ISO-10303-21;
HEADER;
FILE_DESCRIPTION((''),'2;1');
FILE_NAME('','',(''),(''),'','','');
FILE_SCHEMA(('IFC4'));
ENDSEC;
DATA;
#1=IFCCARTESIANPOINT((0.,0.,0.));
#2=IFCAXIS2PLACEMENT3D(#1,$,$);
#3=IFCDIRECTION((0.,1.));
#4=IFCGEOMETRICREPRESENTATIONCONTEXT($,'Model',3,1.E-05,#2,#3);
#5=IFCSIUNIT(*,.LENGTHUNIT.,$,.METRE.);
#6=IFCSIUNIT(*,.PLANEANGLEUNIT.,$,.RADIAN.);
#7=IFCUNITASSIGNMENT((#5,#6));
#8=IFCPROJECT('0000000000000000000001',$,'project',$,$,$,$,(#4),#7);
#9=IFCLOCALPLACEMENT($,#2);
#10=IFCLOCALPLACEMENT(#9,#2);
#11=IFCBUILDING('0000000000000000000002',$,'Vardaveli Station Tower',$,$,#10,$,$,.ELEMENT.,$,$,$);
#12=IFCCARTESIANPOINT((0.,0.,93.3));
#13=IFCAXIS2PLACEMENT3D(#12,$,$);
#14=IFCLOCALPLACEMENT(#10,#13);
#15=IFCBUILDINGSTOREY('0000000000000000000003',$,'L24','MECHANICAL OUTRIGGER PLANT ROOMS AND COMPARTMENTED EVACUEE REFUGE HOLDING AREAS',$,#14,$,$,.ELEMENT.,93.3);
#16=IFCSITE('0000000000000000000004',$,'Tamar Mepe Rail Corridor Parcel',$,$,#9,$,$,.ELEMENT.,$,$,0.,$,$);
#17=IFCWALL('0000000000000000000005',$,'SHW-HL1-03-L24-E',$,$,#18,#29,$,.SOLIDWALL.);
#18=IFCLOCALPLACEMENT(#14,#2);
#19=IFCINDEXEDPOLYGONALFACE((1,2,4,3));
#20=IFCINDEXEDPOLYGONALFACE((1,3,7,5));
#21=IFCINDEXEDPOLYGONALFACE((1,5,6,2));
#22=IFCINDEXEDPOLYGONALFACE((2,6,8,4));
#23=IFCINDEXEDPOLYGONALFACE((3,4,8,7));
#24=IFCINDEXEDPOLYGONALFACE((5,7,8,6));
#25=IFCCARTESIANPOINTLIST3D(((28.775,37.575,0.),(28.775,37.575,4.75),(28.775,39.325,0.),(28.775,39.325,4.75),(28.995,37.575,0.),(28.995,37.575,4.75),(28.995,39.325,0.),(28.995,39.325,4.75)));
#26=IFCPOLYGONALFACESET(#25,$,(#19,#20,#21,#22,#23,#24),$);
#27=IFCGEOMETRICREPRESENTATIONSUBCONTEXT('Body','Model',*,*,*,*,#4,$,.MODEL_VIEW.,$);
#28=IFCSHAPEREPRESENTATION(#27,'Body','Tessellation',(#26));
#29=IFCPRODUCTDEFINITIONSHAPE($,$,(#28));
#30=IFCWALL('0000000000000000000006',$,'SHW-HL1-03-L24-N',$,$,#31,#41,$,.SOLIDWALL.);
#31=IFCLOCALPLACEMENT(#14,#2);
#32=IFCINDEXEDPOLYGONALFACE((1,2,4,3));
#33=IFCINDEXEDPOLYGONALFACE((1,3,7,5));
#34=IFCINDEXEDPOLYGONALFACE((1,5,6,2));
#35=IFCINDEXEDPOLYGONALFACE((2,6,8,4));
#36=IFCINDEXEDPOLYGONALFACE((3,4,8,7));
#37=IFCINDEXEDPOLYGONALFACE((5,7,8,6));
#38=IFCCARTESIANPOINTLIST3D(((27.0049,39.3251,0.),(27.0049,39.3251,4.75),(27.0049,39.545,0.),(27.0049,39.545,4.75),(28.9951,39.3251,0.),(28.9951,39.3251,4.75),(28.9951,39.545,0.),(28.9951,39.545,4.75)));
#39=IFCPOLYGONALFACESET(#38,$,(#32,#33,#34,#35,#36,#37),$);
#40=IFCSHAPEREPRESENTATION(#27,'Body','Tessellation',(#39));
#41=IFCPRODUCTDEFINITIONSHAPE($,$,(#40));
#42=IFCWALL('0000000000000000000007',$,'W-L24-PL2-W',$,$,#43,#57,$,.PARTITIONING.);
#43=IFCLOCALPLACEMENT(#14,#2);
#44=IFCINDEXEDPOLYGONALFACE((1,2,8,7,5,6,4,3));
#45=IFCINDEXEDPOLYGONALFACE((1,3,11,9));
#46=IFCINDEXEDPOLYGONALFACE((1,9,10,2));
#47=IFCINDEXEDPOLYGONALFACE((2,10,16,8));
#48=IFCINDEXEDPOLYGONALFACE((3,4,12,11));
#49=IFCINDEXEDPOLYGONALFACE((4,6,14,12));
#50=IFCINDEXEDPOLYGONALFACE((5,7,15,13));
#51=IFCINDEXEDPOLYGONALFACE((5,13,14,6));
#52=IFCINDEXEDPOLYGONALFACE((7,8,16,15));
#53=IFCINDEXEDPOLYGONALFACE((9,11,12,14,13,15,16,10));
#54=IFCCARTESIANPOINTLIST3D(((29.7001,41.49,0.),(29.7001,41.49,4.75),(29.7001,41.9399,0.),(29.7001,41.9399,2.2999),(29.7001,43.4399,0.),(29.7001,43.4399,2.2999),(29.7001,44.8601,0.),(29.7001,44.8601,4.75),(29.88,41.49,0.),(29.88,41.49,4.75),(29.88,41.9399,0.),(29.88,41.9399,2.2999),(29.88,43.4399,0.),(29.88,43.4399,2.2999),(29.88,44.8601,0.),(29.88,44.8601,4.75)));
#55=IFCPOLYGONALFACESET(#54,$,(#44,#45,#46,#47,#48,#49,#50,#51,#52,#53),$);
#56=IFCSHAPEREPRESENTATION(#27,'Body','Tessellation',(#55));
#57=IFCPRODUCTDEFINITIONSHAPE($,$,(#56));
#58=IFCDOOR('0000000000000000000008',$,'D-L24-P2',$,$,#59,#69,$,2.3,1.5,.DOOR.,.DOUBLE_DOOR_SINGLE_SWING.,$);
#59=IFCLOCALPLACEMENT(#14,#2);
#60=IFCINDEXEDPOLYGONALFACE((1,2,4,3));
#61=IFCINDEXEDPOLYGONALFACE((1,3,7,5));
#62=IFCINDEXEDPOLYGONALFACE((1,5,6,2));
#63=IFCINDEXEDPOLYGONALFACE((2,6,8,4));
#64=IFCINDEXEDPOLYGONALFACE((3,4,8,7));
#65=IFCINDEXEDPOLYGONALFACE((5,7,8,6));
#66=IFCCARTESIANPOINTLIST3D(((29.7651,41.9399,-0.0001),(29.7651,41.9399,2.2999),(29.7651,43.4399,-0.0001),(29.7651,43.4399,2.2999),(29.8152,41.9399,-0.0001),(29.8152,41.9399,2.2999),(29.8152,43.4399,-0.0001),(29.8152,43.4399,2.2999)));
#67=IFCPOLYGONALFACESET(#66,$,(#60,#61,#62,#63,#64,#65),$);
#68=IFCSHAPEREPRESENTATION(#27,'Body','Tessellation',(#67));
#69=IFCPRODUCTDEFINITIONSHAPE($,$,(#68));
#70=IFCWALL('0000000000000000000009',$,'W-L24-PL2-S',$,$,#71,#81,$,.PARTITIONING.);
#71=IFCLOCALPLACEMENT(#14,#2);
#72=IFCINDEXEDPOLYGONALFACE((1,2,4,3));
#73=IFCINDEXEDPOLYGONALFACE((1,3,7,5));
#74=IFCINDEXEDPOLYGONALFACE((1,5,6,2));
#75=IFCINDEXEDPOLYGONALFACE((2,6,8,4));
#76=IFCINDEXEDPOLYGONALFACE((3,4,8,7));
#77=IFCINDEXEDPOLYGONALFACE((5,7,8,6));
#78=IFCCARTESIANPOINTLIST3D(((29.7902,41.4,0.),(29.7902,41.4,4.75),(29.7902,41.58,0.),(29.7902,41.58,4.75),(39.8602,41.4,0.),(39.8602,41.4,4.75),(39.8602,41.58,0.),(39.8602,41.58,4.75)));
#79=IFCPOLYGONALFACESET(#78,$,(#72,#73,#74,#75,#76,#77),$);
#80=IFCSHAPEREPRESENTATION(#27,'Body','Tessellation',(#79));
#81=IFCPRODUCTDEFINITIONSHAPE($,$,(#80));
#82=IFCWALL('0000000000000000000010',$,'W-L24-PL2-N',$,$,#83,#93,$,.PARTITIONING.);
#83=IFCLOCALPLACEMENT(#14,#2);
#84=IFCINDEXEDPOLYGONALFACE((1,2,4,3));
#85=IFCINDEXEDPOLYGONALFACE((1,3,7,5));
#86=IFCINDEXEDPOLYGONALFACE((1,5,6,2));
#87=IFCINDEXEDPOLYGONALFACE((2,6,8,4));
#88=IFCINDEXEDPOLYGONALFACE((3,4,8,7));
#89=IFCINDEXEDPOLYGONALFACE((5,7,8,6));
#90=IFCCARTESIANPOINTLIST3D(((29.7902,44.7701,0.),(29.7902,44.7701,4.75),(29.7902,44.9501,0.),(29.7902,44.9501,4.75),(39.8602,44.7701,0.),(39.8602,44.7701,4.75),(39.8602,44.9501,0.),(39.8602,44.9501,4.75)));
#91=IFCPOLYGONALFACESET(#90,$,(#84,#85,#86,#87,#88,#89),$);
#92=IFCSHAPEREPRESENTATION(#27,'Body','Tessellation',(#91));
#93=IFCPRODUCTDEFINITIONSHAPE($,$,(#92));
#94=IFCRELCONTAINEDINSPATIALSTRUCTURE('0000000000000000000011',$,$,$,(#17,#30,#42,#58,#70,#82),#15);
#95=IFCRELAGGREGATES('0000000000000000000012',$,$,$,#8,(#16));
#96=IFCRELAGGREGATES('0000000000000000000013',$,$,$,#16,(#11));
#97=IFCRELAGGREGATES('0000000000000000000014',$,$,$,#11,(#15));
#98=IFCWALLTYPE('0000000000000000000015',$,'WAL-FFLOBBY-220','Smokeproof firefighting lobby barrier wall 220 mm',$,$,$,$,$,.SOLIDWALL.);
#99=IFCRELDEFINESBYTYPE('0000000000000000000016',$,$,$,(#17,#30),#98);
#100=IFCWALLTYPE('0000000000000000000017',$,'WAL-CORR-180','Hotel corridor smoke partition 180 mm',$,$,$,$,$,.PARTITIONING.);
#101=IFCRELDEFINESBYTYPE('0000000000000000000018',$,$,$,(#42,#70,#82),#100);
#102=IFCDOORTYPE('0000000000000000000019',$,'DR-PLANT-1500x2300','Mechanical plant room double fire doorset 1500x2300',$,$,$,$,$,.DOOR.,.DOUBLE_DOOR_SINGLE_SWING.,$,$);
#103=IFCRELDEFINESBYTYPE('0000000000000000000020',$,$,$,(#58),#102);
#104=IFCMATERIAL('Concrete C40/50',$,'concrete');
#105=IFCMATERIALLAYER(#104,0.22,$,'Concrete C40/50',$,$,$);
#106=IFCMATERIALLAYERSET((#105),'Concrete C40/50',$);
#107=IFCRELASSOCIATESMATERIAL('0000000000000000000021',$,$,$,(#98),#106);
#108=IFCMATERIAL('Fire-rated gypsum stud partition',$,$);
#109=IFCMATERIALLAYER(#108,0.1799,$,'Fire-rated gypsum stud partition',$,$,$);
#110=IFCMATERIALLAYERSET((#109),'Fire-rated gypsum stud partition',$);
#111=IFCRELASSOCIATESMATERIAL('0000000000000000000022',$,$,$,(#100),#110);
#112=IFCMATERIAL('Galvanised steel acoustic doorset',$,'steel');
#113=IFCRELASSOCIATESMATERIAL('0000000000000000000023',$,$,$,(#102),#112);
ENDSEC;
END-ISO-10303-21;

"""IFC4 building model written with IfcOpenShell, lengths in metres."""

from ifc_helpers import new_model, si_unit, direction, frame, frame_2d, origin, place, context, subcontext, project, spatial, rectangle, extrude, source, transform, mapped, material, layer, layer_set, type_object, element, fill, save


model = new_model("IFC4")

# Units and contexts
model_context = context("Model", 3, precision=1e-05, world=origin(), true_north=direction((0.0, 1.0)))
body_context = subcontext(model_context, "Body", "Model", "MODEL_VIEW")
ifc_project = project(units=[si_unit("LENGTHUNIT", "METRE"), si_unit("PLANEANGLEUNIT", "RADIAN")], contexts=[model_context])

# Site, building, storey
site_placement = place(None, origin())
site = spatial("IfcSite", under=ifc_project, at=site_placement, Name="Tamar Mepe Rail Corridor Parcel", CompositionType="ELEMENT", RefElevation=0.0)
building_placement = place(site_placement, origin())
building = spatial("IfcBuilding", under=site, at=building_placement, Name="Vardaveli Station Tower", CompositionType="ELEMENT")
storey_placement = place(building_placement, frame((0.0, 0.0, 93.3)))
storey = spatial("IfcBuildingStorey", under=building, at=storey_placement, Name="L24", Description="MECHANICAL OUTRIGGER PLANT ROOMS AND COMPARTMENTED EVACUEE REFUGE HOLDING AREAS", CompositionType="ELEMENT", Elevation=93.3)

# Walls
ifc_material_1 = material(Name="Concrete C40/50", Category="concrete")
ifc_layer_1 = layer(ifc_material_1, 0.22, Name="Concrete C40/50")
ifc_layer_set_1 = layer_set([ifc_layer_1], Name="Concrete C40/50")
wall_type_1 = type_object("IfcWallType", Name="WAL-FFLOBBY-220", Description="Smokeproof firefighting lobby barrier wall 220 mm", PredefinedType="SOLIDWALL", material=ifc_layer_set_1)
shared_shape_1 = source(origin(), body_context, "Body", "SweptSolid", [
    extrude(rectangle(XDim=1.75, YDim=0.22, at=frame_2d((0.875, 0.0))), origin(), (0.0, 0.0, 1.0), 4.75),
])
for number, where, z_axis, x_axis, name in (
    (1, (28.885, 37.575, 0.0), (0.0, 0.0, 1.0), (0.0, 1.0, 0.0), "SHW-HL1-03-L24-E"),
):
    element("IfcWall", number, at=place(storey_placement, frame(where, z_axis=z_axis, x_axis=x_axis)), inside=storey, type_object=wall_type_1, Name=name, PredefinedType="SOLIDWALL", context=body_context, shape_type="MappedRepresentation", body=[
        mapped(shared_shape_1, transform((0.0, 0.0, 0.0), scale=1.0)),
    ])
shared_shape_2 = source(origin(), body_context, "Body", "SweptSolid", [
    extrude(rectangle(XDim=1.9902, YDim=0.22, at=frame_2d((0.9951, 0.0))), origin(), (0.0, 0.0, 1.0), 4.75),
])
wall_1_placement = place(storey_placement, frame((27.0049, 39.4351, 0.0), z_axis=(0.0, 0.0, 1.0), x_axis=(1.0, 0.0, 0.0)))
element("IfcWall", 2, at=wall_1_placement, inside=storey, type_object=wall_type_1, Name="SHW-HL1-03-L24-N", PredefinedType="SOLIDWALL", context=body_context, shape_type="MappedRepresentation", body=[
    mapped(shared_shape_2, transform((0.0, 0.0, 0.0), scale=1.0)),
])

# Wall, opening, door
ifc_material_2 = material(Name="Fire-rated gypsum stud partition")
ifc_layer_2 = layer(ifc_material_2, 0.1799, Name="Fire-rated gypsum stud partition")
ifc_layer_set_2 = layer_set([ifc_layer_2], Name="Fire-rated gypsum stud partition")
wall_type_2 = type_object("IfcWallType", Name="WAL-CORR-180", Description="Hotel corridor smoke partition 180 mm", PredefinedType="PARTITIONING", material=ifc_layer_set_2)
shared_shape_3 = source(origin(), body_context, "Body", "SweptSolid", [
    extrude(rectangle(XDim=3.3701, YDim=0.1799, at=frame_2d((1.6851, 0.0))), origin(), (0.0, 0.0, 1.0), 4.75),
])
wall_2_placement = place(storey_placement, frame((29.79, 41.49, 0.0), z_axis=(0.0, 0.0, 1.0), x_axis=(0.0, 1.0, 0.0)))
wall_2 = element("IfcWall", 3, at=wall_2_placement, inside=storey, type_object=wall_type_2, Name="W-L24-PL2-W", PredefinedType="PARTITIONING", context=body_context, shape_type="MappedRepresentation", body=[
    mapped(shared_shape_3, transform((0.0, 0.0, 0.0), scale=1.0)),
])
shared_shape_4 = source(origin(), body_context, "Body", "SweptSolid", [
    extrude(rectangle(XDim=1.5, YDim=2.3, at=frame_2d((0.75, 1.1499))), frame((0.0, 0.1001, 0.0), z_axis=(0.0, -1.0, 0.0), x_axis=(1.0, 0.0, 0.0)), (0.0, 0.0, 1.0), 0.2),
])
opening_placement = place(wall_2_placement, frame((0.45, 0.0, 0.0)))
opening = element("IfcOpeningElement", 4, at=opening_placement, cuts=wall_2, PredefinedType="OPENING", context=body_context, shape_type="MappedRepresentation", body=[
    mapped(shared_shape_4, transform((0.0, 0.0, 0.0), scale=1.0)),
])
ifc_material_3 = material(Name="Galvanised steel acoustic doorset", Category="steel")
door_type = type_object("IfcDoorType", Name="DR-PLANT-1500x2300", Description="Mechanical plant room double fire doorset 1500x2300", OperationType="DOUBLE_DOOR_SINGLE_SWING", PredefinedType="DOOR", material=ifc_material_3)
shared_shape_5 = source(origin(), body_context, "Body", "SweptSolid", [
    extrude(rectangle(XDim=1.5, YDim=2.3, at=frame_2d((0.75, 1.1499))), frame((0.0, 0.0249, 0.0), z_axis=(0.0, -1.0, 0.0), x_axis=(1.0, 0.0, 0.0)), (0.0, 0.0, 1.0), 0.05),
])
door_placement = place(opening_placement, origin())
door = element("IfcDoor", 5, at=door_placement, inside=storey, type_object=door_type, Name="D-L24-P2", OperationType="DOUBLE_DOOR_SINGLE_SWING", OverallHeight=2.3, OverallWidth=1.5, PredefinedType="DOOR", context=body_context, shape_type="MappedRepresentation", body=[
    mapped(shared_shape_5, transform((0.0, 0.0, 0.0), scale=1.0)),
])
fill(opening, door)

# Walls
shared_shape_6 = source(origin(), body_context, "Body", "SweptSolid", [
    extrude(rectangle(XDim=10.0701, YDim=0.1799, at=frame_2d((5.0352, 0.0))), origin(), (0.0, 0.0, 1.0), 4.75),
])
for number, where, z_axis, x_axis, name in (
    (6, (29.79, 41.49, 0.0), (0.0, 0.0, 1.0), (1.0, 0.0, 0.0), "W-L24-PL2-S"),
    (7, (29.79, 44.8601, 0.0), (0.0, 0.0, 1.0), (1.0, 0.0, 0.0), "W-L24-PL2-N"),
):
    element("IfcWall", number, at=place(storey_placement, frame(where, z_axis=z_axis, x_axis=x_axis)), inside=storey, type_object=wall_type_2, Name=name, PredefinedType="PARTITIONING", context=body_context, shape_type="MappedRepresentation", body=[
        mapped(shared_shape_6, transform((0.0, 0.0, 0.0), scale=1.0)),
    ])

save(model, "model.ifc")
